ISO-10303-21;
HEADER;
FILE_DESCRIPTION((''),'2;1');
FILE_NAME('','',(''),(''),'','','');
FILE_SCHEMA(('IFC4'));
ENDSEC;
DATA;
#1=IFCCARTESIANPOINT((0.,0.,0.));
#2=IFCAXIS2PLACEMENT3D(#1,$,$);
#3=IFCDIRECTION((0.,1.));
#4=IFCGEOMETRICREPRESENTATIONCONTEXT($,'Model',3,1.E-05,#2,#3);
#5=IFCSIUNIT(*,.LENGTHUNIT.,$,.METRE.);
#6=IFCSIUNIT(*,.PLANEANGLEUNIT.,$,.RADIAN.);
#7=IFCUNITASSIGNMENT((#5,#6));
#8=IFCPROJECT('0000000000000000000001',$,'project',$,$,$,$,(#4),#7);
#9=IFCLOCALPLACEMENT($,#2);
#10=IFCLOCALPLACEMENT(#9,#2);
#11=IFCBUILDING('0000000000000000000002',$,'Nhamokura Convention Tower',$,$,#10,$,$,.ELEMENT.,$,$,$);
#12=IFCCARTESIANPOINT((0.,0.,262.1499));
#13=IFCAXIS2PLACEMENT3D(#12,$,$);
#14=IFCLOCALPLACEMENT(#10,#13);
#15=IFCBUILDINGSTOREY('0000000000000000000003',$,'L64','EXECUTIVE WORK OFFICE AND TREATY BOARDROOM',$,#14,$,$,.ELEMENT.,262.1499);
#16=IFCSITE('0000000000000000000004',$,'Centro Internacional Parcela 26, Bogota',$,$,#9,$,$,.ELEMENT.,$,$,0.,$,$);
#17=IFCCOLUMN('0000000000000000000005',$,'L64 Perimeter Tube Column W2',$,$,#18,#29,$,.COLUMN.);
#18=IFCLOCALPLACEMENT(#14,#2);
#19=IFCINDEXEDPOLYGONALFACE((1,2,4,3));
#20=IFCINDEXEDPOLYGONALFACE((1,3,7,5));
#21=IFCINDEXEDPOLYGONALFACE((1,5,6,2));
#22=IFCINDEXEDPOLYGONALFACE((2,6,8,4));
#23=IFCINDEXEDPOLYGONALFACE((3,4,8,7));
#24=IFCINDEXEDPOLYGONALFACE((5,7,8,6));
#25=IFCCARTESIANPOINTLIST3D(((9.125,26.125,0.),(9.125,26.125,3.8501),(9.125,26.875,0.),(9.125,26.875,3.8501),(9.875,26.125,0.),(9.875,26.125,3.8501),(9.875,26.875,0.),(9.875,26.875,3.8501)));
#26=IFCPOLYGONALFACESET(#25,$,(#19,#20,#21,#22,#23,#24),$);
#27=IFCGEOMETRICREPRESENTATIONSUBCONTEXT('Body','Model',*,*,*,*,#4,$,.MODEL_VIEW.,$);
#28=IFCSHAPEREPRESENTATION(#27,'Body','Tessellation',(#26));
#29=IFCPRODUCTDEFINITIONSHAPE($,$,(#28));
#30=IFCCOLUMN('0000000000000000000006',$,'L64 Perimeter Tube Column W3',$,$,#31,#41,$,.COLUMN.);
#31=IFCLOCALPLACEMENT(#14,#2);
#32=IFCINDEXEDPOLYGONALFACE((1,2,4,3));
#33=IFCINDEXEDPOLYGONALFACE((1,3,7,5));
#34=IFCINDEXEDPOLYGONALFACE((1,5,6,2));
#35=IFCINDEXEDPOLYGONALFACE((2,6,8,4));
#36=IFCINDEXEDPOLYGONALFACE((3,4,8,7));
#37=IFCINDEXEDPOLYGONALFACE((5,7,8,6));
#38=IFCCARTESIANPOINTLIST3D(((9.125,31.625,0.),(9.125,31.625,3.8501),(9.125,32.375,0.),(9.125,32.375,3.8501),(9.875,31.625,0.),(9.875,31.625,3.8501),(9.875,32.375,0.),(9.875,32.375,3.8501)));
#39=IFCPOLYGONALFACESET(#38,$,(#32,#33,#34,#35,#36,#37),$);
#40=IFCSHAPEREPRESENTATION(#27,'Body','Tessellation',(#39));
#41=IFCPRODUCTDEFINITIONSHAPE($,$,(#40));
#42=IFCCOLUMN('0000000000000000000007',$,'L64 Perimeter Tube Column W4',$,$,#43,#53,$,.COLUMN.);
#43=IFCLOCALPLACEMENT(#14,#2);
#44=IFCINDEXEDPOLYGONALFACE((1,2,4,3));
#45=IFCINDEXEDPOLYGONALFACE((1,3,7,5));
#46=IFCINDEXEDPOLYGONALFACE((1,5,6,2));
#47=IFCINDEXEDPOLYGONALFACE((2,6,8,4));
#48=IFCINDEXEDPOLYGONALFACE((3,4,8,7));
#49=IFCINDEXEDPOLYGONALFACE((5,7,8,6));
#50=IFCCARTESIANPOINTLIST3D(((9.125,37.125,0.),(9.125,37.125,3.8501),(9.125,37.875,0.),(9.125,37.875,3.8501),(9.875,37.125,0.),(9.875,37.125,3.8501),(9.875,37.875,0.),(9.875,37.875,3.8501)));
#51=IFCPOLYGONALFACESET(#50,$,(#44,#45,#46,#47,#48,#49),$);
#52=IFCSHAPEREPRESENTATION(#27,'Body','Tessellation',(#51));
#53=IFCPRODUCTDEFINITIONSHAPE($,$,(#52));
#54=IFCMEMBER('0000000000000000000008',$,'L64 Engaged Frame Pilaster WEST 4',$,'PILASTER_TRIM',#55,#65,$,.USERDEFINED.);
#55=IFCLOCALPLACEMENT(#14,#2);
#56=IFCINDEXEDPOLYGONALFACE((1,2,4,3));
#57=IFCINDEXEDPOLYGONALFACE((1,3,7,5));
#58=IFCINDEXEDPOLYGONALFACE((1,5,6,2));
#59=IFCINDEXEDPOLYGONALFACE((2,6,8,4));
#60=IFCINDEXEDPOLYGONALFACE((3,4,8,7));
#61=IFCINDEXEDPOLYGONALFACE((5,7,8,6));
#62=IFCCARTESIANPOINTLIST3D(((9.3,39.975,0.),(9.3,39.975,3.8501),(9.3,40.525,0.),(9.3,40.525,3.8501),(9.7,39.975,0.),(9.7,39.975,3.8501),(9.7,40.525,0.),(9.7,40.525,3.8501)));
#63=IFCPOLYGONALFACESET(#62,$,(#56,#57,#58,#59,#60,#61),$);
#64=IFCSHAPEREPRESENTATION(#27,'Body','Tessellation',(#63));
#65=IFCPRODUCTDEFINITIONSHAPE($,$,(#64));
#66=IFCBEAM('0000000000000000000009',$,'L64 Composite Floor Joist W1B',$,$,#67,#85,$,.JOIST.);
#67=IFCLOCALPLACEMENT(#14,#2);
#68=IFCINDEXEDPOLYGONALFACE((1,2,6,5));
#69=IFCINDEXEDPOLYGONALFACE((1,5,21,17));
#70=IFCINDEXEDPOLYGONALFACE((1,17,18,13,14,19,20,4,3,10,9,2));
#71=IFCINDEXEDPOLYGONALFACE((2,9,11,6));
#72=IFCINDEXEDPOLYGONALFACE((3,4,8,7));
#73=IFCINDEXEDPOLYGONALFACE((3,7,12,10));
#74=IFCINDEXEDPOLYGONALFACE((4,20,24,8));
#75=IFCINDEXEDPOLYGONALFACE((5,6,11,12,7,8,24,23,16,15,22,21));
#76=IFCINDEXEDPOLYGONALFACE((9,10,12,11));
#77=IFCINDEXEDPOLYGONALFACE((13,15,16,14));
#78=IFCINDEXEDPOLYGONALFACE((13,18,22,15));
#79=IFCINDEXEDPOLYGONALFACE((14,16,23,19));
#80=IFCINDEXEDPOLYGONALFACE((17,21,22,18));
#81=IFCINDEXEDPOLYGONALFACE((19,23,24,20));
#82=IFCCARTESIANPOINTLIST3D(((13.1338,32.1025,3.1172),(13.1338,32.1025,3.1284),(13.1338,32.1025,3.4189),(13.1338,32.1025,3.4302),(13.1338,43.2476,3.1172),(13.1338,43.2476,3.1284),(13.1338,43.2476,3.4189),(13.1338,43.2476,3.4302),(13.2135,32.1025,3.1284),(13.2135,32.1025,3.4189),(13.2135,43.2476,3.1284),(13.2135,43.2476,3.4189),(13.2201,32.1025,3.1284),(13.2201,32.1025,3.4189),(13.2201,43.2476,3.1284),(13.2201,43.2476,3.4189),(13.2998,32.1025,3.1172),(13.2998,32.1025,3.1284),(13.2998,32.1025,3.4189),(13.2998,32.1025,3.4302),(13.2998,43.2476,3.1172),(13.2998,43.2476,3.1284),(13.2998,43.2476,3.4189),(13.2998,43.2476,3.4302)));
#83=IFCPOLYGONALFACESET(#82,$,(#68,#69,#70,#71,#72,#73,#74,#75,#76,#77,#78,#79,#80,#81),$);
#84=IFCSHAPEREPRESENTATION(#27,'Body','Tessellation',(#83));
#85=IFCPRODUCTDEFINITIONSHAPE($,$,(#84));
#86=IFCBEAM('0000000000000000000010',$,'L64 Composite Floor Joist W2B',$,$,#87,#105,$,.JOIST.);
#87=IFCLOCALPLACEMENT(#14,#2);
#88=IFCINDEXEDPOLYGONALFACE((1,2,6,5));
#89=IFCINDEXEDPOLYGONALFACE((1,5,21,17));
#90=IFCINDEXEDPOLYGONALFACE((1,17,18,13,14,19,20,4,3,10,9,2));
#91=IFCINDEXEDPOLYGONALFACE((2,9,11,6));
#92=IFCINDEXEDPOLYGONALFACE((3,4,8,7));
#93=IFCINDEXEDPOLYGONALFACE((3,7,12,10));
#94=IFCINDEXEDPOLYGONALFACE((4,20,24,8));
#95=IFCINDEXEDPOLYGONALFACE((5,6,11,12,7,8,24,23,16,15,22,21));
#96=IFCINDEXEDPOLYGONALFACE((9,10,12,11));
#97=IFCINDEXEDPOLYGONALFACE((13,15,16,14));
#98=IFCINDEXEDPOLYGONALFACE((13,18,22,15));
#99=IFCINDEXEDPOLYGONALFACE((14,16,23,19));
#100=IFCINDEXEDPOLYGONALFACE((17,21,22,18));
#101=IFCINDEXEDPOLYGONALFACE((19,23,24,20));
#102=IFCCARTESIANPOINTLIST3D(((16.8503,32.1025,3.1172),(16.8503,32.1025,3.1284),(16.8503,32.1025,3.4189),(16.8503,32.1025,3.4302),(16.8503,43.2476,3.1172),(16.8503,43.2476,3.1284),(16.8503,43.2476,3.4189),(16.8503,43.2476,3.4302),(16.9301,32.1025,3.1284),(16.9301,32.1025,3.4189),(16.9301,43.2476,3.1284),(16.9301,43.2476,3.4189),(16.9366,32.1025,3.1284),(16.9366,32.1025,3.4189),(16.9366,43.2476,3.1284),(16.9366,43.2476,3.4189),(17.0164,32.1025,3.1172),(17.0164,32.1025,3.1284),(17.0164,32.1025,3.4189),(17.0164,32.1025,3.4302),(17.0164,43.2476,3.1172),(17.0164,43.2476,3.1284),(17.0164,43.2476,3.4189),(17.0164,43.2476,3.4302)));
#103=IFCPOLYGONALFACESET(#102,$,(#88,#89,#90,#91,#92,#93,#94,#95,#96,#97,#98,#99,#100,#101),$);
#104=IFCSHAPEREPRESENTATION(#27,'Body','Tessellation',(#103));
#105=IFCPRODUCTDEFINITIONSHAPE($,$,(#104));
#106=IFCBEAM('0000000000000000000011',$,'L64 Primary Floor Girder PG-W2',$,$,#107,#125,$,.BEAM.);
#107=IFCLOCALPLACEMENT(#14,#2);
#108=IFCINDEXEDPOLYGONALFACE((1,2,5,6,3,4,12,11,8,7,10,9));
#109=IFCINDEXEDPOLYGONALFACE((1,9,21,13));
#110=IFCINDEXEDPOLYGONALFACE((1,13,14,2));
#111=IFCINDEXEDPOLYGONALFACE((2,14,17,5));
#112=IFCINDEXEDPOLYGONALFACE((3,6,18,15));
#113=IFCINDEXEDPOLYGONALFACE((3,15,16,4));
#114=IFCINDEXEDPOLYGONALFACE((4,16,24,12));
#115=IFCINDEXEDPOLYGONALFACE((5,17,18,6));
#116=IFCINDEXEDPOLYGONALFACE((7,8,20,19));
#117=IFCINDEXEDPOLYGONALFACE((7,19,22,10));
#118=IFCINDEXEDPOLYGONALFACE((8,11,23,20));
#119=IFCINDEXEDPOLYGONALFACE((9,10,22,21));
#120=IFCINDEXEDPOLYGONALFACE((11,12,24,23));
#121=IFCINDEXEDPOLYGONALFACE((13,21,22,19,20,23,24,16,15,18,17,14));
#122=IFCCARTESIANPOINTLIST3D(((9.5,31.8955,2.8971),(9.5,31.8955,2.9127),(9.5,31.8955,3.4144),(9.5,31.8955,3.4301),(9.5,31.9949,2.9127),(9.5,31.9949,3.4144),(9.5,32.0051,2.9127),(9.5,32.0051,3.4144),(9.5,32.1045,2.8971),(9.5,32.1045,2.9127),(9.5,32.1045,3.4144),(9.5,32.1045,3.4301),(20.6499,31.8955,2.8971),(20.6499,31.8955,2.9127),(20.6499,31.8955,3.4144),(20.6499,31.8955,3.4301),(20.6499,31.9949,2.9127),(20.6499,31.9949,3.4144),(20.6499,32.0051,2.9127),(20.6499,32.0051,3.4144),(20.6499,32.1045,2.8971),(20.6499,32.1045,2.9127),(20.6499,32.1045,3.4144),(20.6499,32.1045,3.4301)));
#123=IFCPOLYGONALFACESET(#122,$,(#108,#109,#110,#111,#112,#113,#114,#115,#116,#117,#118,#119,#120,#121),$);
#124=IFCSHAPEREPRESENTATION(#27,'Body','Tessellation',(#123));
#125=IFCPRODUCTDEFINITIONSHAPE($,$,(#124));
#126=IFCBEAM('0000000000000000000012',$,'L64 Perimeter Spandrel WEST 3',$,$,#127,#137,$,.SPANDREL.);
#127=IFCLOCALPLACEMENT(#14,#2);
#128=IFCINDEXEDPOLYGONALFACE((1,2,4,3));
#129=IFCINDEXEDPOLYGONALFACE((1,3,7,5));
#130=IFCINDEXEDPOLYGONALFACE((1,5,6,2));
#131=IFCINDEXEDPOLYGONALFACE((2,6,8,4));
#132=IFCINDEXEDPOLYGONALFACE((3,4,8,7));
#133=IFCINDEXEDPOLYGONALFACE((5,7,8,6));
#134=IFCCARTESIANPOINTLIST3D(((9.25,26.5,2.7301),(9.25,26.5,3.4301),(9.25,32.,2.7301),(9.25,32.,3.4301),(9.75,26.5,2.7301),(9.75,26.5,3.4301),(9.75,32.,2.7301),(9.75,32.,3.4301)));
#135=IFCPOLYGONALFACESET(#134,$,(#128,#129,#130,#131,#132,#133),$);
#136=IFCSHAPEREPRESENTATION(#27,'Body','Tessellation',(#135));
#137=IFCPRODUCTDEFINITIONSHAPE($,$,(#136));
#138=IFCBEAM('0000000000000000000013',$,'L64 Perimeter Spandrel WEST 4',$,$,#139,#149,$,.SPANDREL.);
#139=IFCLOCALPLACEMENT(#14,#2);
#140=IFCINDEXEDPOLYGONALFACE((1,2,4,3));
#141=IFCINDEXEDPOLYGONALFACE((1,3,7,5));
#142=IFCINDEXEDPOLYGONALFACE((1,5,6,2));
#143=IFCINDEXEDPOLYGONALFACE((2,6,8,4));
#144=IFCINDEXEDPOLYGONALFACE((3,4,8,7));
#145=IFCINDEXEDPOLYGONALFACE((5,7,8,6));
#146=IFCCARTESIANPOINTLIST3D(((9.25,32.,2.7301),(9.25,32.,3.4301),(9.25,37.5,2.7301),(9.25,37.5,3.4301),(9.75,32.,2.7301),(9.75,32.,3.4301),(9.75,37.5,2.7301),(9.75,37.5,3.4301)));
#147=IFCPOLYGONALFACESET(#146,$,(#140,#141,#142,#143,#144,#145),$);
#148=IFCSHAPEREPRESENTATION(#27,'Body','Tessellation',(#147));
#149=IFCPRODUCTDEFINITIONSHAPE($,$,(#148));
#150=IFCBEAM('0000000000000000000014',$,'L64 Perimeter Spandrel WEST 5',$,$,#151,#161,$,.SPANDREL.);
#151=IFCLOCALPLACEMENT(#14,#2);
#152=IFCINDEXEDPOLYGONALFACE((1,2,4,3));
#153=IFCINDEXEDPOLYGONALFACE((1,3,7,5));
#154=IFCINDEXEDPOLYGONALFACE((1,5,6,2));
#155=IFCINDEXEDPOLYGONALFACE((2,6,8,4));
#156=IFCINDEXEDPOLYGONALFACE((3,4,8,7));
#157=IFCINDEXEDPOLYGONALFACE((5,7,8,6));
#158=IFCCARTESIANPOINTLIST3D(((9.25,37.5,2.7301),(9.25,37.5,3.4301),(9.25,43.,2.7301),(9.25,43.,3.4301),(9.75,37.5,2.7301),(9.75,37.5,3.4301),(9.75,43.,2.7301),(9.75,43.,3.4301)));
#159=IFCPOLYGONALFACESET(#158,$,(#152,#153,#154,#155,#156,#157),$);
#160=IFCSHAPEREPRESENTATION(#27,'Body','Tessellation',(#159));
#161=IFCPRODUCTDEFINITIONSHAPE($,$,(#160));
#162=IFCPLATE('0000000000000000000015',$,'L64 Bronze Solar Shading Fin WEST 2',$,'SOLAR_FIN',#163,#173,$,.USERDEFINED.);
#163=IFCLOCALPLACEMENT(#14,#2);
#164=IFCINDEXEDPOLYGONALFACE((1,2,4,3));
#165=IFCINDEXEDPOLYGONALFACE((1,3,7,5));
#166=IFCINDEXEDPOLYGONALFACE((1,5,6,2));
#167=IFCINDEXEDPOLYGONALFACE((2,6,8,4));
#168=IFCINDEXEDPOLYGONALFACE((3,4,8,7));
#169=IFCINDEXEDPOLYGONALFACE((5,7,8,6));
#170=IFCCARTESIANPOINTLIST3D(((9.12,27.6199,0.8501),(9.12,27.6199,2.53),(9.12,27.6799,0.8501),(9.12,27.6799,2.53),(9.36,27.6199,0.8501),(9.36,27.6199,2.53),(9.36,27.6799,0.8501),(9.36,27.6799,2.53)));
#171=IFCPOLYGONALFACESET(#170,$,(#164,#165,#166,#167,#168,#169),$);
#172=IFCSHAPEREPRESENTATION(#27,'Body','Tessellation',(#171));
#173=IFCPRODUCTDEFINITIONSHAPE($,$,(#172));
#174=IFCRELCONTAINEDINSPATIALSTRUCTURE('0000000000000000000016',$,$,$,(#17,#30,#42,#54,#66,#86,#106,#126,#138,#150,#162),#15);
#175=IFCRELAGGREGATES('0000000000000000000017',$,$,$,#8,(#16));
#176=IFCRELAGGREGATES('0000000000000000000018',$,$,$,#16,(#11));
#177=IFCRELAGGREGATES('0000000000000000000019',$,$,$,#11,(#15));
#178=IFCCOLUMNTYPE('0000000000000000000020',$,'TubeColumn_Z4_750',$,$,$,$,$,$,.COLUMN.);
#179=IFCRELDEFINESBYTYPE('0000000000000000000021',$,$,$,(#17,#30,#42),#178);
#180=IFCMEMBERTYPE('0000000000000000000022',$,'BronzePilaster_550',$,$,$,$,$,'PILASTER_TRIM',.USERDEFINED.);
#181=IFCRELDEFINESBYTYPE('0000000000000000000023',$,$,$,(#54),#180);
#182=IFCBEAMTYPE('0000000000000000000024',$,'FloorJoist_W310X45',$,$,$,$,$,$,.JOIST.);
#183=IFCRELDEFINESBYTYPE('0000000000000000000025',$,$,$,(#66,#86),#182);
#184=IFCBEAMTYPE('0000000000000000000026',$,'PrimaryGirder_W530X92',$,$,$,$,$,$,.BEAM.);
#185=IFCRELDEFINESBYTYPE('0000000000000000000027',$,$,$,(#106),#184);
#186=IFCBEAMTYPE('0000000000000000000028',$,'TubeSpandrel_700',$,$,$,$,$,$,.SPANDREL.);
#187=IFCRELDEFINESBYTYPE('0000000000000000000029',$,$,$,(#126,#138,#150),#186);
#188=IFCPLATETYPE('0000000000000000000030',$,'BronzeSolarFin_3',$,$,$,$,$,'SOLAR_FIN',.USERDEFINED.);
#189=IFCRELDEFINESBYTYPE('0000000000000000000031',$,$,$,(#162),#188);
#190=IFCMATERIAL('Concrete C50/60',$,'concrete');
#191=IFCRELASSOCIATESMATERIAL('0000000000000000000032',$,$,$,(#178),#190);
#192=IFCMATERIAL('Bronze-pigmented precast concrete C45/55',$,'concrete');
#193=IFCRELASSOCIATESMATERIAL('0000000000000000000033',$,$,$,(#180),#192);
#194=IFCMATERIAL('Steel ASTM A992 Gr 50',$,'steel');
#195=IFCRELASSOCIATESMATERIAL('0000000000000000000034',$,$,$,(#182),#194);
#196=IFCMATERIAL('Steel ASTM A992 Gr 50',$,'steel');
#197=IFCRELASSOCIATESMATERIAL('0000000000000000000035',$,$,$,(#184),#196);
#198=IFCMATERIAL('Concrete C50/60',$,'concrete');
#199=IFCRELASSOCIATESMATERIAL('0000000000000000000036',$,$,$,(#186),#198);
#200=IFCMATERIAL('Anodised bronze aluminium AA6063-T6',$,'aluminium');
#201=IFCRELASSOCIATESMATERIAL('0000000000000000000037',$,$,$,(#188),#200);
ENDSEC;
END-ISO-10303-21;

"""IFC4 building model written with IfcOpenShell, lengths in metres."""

from ifc_helpers import new_model, si_unit, direction, frame, origin, origin_2d, place, context, subcontext, project, spatial, rectangle, i_section, extrude, material, material_profile, profile_set, type_object, element, save


model = new_model("IFC4")

# Units and contexts
model_context = context("Model", 3, precision=1e-05, world=origin(), true_north=direction((0.0, 1.0)))
body_context = subcontext(model_context, "Body", "Model", "MODEL_VIEW")
ifc_project = project(units=[si_unit("LENGTHUNIT", "METRE"), si_unit("PLANEANGLEUNIT", "RADIAN")], contexts=[model_context])

# Site, building, storey
site_placement = place(None, origin())
site = spatial("IfcSite", under=ifc_project, at=site_placement, Name="Centro Internacional Parcela 26, Bogota", CompositionType="ELEMENT", RefElevation=0.0)
building_placement = place(site_placement, origin())
building = spatial("IfcBuilding", under=site, at=building_placement, Name="Nhamokura Convention Tower", CompositionType="ELEMENT")
storey_placement = place(building_placement, frame((0.0, 0.0, 262.1499)))
storey = spatial("IfcBuildingStorey", under=building, at=storey_placement, Name="L64", Description="EXECUTIVE WORK OFFICE AND TREATY BOARDROOM", CompositionType="ELEMENT", Elevation=262.1499)

# Columns
ifc_material_1 = material(Name="Concrete C50/60", Category="concrete")
ifc_material_profile_1 = material_profile(ifc_material_1, rectangle(XDim=0.75, YDim=0.75, at=origin_2d()))
ifc_profile_set_1 = profile_set([ifc_material_profile_1], Name="Concrete C50/60")
column_type = type_object("IfcColumnType", Name="TubeColumn_Z4_750", PredefinedType="COLUMN", material=ifc_profile_set_1)
for number, where, z_axis, x_axis, name in (
    (1, (9.5, 26.5, 0.0), (0.0, 0.0, 1.0), (1.0, 0.0, 0.0), "L64 Perimeter Tube Column W2"),
    (2, (9.5, 32.0, 0.0), (0.0, 0.0, 1.0), (1.0, 0.0, 0.0), "L64 Perimeter Tube Column W3"),
    (3, (9.5, 37.5, 0.0), (0.0, 0.0, 1.0), (1.0, 0.0, 0.0), "L64 Perimeter Tube Column W4"),
):
    element("IfcColumn", number, at=place(storey_placement, frame(where, z_axis=z_axis, x_axis=x_axis)), inside=storey, type_object=column_type, Name=name, PredefinedType="COLUMN", context=body_context, shape_type="SweptSolid", body=[
        extrude(rectangle(XDim=0.75, YDim=0.75, at=origin_2d()), origin(), (0.0, 0.0, 1.0), 3.8501),
    ])

# Member
ifc_material_2 = material(Name="Bronze-pigmented precast concrete C45/55", Category="concrete")
ifc_material_profile_2 = material_profile(ifc_material_2, rectangle(XDim=0.3999, YDim=0.55, at=origin_2d()))
ifc_profile_set_2 = profile_set([ifc_material_profile_2], Name="Bronze-pigmented precast concrete C45/55")
member_type = type_object("IfcMemberType", Name="BronzePilaster_550", ElementType="PILASTER_TRIM", PredefinedType="USERDEFINED", material=ifc_profile_set_2)
member_placement = place(storey_placement, frame((9.5, 40.25, 0.0), z_axis=(0.0, 0.0, 1.0), x_axis=(1.0, 0.0, 0.0)))
element("IfcMember", 4, at=member_placement, inside=storey, type_object=member_type, Name="L64 Engaged Frame Pilaster WEST 4", ObjectType="PILASTER_TRIM", PredefinedType="USERDEFINED", context=body_context, shape_type="SweptSolid", body=[
    extrude(rectangle(XDim=0.3999, YDim=0.55, at=origin_2d()), origin(), (0.0, 0.0, 1.0), 3.8501),
])

# Beams
ifc_material_3 = material(Name="Steel ASTM A992 Gr 50", Category="steel")
ifc_material_profile_3 = material_profile(ifc_material_3, i_section(OverallWidth=0.166, OverallDepth=0.313, WebThickness=0.0066, FlangeThickness=0.0112, at=origin_2d()))
ifc_profile_set_3 = profile_set([ifc_material_profile_3], Name="Steel ASTM A992 Gr 50")
beam_type_1 = type_object("IfcBeamType", Name="FloorJoist_W310X45", PredefinedType="JOIST", material=ifc_profile_set_3)
for number, where, z_axis, x_axis, name in (
    (5, (13.2168, 32.1025, 3.2737), (0.0, 1.0, 0.0), (-1.0, 0.0, 0.0), "L64 Composite Floor Joist W1B"),
    (6, (16.9333, 32.1025, 3.2737), (0.0, 1.0, 0.0), (-1.0, 0.0, 0.0), "L64 Composite Floor Joist W2B"),
):
    element("IfcBeam", number, at=place(storey_placement, frame(where, z_axis=z_axis, x_axis=x_axis)), inside=storey, type_object=beam_type_1, Name=name, PredefinedType="JOIST", context=body_context, shape_type="SweptSolid", body=[
        extrude(i_section(OverallWidth=0.166, OverallDepth=0.313, WebThickness=0.0066, FlangeThickness=0.0112, at=origin_2d()), origin(), (0.0, 0.0, 1.0), 11.145),
    ])
ifc_material_4 = material(Name="Steel ASTM A992 Gr 50", Category="steel")
ifc_material_profile_4 = material_profile(ifc_material_4, i_section(OverallWidth=0.209, OverallDepth=0.533, WebThickness=0.0103, FlangeThickness=0.0156, at=origin_2d()))
ifc_profile_set_4 = profile_set([ifc_material_profile_4], Name="Steel ASTM A992 Gr 50")
beam_type_2 = type_object("IfcBeamType", Name="PrimaryGirder_W530X92", PredefinedType="BEAM", material=ifc_profile_set_4)
beam_placement = place(storey_placement, frame((9.5, 32.0, 3.1636), z_axis=(1.0, 0.0, 0.0), x_axis=(0.0, 1.0, 0.0)))
element("IfcBeam", 7, at=beam_placement, inside=storey, type_object=beam_type_2, Name="L64 Primary Floor Girder PG-W2", PredefinedType="BEAM", context=body_context, shape_type="SweptSolid", body=[
    extrude(i_section(OverallWidth=0.209, OverallDepth=0.533, WebThickness=0.0103, FlangeThickness=0.0156, at=origin_2d()), origin(), (0.0, 0.0, 1.0), 11.1499),
])
ifc_material_5 = material(Name="Concrete C50/60", Category="concrete")
ifc_material_profile_5 = material_profile(ifc_material_5, rectangle(XDim=0.5, YDim=0.7, at=origin_2d()))
ifc_profile_set_5 = profile_set([ifc_material_profile_5], Name="Concrete C50/60")
beam_type_3 = type_object("IfcBeamType", Name="TubeSpandrel_700", PredefinedType="SPANDREL", material=ifc_profile_set_5)
for number, where, z_axis, x_axis, name in (
    (8, (9.5, 26.5, 3.0801), (0.0, 1.0, 0.0), (-1.0, 0.0, 0.0), "L64 Perimeter Spandrel WEST 3"),
    (9, (9.5, 32.0, 3.0801), (0.0, 1.0, 0.0), (-1.0, 0.0, 0.0), "L64 Perimeter Spandrel WEST 4"),
    (10, (9.5, 37.5, 3.0801), (0.0, 1.0, 0.0), (-1.0, 0.0, 0.0), "L64 Perimeter Spandrel WEST 5"),
):
    element("IfcBeam", number, at=place(storey_placement, frame(where, z_axis=z_axis, x_axis=x_axis)), inside=storey, type_object=beam_type_3, Name=name, PredefinedType="SPANDREL", context=body_context, shape_type="SweptSolid", body=[
        extrude(rectangle(XDim=0.5, YDim=0.7, at=origin_2d()), origin(), (0.0, 0.0, 1.0), 5.5),
    ])

# Plate
ifc_material_6 = material(Name="Anodised bronze aluminium AA6063-T6", Category="aluminium")
plate_type = type_object("IfcPlateType", Name="BronzeSolarFin_3", ElementType="SOLAR_FIN", PredefinedType="USERDEFINED", material=ifc_material_6)
plate_placement = place(storey_placement, frame((9.24, 27.6499, 0.8501), z_axis=(0.0, 0.0, 1.0), x_axis=(1.0, 0.0, 0.0)))
element("IfcPlate", 11, at=plate_placement, inside=storey, type_object=plate_type, Name="L64 Bronze Solar Shading Fin WEST 2", ObjectType="SOLAR_FIN", PredefinedType="USERDEFINED", context=body_context, shape_type="SweptSolid", body=[
    extrude(rectangle(XDim=0.24, YDim=0.0601, at=origin_2d()), origin(), (0.0, 0.0, 1.0), 1.6799),
])

save(model, "model.ifc")
